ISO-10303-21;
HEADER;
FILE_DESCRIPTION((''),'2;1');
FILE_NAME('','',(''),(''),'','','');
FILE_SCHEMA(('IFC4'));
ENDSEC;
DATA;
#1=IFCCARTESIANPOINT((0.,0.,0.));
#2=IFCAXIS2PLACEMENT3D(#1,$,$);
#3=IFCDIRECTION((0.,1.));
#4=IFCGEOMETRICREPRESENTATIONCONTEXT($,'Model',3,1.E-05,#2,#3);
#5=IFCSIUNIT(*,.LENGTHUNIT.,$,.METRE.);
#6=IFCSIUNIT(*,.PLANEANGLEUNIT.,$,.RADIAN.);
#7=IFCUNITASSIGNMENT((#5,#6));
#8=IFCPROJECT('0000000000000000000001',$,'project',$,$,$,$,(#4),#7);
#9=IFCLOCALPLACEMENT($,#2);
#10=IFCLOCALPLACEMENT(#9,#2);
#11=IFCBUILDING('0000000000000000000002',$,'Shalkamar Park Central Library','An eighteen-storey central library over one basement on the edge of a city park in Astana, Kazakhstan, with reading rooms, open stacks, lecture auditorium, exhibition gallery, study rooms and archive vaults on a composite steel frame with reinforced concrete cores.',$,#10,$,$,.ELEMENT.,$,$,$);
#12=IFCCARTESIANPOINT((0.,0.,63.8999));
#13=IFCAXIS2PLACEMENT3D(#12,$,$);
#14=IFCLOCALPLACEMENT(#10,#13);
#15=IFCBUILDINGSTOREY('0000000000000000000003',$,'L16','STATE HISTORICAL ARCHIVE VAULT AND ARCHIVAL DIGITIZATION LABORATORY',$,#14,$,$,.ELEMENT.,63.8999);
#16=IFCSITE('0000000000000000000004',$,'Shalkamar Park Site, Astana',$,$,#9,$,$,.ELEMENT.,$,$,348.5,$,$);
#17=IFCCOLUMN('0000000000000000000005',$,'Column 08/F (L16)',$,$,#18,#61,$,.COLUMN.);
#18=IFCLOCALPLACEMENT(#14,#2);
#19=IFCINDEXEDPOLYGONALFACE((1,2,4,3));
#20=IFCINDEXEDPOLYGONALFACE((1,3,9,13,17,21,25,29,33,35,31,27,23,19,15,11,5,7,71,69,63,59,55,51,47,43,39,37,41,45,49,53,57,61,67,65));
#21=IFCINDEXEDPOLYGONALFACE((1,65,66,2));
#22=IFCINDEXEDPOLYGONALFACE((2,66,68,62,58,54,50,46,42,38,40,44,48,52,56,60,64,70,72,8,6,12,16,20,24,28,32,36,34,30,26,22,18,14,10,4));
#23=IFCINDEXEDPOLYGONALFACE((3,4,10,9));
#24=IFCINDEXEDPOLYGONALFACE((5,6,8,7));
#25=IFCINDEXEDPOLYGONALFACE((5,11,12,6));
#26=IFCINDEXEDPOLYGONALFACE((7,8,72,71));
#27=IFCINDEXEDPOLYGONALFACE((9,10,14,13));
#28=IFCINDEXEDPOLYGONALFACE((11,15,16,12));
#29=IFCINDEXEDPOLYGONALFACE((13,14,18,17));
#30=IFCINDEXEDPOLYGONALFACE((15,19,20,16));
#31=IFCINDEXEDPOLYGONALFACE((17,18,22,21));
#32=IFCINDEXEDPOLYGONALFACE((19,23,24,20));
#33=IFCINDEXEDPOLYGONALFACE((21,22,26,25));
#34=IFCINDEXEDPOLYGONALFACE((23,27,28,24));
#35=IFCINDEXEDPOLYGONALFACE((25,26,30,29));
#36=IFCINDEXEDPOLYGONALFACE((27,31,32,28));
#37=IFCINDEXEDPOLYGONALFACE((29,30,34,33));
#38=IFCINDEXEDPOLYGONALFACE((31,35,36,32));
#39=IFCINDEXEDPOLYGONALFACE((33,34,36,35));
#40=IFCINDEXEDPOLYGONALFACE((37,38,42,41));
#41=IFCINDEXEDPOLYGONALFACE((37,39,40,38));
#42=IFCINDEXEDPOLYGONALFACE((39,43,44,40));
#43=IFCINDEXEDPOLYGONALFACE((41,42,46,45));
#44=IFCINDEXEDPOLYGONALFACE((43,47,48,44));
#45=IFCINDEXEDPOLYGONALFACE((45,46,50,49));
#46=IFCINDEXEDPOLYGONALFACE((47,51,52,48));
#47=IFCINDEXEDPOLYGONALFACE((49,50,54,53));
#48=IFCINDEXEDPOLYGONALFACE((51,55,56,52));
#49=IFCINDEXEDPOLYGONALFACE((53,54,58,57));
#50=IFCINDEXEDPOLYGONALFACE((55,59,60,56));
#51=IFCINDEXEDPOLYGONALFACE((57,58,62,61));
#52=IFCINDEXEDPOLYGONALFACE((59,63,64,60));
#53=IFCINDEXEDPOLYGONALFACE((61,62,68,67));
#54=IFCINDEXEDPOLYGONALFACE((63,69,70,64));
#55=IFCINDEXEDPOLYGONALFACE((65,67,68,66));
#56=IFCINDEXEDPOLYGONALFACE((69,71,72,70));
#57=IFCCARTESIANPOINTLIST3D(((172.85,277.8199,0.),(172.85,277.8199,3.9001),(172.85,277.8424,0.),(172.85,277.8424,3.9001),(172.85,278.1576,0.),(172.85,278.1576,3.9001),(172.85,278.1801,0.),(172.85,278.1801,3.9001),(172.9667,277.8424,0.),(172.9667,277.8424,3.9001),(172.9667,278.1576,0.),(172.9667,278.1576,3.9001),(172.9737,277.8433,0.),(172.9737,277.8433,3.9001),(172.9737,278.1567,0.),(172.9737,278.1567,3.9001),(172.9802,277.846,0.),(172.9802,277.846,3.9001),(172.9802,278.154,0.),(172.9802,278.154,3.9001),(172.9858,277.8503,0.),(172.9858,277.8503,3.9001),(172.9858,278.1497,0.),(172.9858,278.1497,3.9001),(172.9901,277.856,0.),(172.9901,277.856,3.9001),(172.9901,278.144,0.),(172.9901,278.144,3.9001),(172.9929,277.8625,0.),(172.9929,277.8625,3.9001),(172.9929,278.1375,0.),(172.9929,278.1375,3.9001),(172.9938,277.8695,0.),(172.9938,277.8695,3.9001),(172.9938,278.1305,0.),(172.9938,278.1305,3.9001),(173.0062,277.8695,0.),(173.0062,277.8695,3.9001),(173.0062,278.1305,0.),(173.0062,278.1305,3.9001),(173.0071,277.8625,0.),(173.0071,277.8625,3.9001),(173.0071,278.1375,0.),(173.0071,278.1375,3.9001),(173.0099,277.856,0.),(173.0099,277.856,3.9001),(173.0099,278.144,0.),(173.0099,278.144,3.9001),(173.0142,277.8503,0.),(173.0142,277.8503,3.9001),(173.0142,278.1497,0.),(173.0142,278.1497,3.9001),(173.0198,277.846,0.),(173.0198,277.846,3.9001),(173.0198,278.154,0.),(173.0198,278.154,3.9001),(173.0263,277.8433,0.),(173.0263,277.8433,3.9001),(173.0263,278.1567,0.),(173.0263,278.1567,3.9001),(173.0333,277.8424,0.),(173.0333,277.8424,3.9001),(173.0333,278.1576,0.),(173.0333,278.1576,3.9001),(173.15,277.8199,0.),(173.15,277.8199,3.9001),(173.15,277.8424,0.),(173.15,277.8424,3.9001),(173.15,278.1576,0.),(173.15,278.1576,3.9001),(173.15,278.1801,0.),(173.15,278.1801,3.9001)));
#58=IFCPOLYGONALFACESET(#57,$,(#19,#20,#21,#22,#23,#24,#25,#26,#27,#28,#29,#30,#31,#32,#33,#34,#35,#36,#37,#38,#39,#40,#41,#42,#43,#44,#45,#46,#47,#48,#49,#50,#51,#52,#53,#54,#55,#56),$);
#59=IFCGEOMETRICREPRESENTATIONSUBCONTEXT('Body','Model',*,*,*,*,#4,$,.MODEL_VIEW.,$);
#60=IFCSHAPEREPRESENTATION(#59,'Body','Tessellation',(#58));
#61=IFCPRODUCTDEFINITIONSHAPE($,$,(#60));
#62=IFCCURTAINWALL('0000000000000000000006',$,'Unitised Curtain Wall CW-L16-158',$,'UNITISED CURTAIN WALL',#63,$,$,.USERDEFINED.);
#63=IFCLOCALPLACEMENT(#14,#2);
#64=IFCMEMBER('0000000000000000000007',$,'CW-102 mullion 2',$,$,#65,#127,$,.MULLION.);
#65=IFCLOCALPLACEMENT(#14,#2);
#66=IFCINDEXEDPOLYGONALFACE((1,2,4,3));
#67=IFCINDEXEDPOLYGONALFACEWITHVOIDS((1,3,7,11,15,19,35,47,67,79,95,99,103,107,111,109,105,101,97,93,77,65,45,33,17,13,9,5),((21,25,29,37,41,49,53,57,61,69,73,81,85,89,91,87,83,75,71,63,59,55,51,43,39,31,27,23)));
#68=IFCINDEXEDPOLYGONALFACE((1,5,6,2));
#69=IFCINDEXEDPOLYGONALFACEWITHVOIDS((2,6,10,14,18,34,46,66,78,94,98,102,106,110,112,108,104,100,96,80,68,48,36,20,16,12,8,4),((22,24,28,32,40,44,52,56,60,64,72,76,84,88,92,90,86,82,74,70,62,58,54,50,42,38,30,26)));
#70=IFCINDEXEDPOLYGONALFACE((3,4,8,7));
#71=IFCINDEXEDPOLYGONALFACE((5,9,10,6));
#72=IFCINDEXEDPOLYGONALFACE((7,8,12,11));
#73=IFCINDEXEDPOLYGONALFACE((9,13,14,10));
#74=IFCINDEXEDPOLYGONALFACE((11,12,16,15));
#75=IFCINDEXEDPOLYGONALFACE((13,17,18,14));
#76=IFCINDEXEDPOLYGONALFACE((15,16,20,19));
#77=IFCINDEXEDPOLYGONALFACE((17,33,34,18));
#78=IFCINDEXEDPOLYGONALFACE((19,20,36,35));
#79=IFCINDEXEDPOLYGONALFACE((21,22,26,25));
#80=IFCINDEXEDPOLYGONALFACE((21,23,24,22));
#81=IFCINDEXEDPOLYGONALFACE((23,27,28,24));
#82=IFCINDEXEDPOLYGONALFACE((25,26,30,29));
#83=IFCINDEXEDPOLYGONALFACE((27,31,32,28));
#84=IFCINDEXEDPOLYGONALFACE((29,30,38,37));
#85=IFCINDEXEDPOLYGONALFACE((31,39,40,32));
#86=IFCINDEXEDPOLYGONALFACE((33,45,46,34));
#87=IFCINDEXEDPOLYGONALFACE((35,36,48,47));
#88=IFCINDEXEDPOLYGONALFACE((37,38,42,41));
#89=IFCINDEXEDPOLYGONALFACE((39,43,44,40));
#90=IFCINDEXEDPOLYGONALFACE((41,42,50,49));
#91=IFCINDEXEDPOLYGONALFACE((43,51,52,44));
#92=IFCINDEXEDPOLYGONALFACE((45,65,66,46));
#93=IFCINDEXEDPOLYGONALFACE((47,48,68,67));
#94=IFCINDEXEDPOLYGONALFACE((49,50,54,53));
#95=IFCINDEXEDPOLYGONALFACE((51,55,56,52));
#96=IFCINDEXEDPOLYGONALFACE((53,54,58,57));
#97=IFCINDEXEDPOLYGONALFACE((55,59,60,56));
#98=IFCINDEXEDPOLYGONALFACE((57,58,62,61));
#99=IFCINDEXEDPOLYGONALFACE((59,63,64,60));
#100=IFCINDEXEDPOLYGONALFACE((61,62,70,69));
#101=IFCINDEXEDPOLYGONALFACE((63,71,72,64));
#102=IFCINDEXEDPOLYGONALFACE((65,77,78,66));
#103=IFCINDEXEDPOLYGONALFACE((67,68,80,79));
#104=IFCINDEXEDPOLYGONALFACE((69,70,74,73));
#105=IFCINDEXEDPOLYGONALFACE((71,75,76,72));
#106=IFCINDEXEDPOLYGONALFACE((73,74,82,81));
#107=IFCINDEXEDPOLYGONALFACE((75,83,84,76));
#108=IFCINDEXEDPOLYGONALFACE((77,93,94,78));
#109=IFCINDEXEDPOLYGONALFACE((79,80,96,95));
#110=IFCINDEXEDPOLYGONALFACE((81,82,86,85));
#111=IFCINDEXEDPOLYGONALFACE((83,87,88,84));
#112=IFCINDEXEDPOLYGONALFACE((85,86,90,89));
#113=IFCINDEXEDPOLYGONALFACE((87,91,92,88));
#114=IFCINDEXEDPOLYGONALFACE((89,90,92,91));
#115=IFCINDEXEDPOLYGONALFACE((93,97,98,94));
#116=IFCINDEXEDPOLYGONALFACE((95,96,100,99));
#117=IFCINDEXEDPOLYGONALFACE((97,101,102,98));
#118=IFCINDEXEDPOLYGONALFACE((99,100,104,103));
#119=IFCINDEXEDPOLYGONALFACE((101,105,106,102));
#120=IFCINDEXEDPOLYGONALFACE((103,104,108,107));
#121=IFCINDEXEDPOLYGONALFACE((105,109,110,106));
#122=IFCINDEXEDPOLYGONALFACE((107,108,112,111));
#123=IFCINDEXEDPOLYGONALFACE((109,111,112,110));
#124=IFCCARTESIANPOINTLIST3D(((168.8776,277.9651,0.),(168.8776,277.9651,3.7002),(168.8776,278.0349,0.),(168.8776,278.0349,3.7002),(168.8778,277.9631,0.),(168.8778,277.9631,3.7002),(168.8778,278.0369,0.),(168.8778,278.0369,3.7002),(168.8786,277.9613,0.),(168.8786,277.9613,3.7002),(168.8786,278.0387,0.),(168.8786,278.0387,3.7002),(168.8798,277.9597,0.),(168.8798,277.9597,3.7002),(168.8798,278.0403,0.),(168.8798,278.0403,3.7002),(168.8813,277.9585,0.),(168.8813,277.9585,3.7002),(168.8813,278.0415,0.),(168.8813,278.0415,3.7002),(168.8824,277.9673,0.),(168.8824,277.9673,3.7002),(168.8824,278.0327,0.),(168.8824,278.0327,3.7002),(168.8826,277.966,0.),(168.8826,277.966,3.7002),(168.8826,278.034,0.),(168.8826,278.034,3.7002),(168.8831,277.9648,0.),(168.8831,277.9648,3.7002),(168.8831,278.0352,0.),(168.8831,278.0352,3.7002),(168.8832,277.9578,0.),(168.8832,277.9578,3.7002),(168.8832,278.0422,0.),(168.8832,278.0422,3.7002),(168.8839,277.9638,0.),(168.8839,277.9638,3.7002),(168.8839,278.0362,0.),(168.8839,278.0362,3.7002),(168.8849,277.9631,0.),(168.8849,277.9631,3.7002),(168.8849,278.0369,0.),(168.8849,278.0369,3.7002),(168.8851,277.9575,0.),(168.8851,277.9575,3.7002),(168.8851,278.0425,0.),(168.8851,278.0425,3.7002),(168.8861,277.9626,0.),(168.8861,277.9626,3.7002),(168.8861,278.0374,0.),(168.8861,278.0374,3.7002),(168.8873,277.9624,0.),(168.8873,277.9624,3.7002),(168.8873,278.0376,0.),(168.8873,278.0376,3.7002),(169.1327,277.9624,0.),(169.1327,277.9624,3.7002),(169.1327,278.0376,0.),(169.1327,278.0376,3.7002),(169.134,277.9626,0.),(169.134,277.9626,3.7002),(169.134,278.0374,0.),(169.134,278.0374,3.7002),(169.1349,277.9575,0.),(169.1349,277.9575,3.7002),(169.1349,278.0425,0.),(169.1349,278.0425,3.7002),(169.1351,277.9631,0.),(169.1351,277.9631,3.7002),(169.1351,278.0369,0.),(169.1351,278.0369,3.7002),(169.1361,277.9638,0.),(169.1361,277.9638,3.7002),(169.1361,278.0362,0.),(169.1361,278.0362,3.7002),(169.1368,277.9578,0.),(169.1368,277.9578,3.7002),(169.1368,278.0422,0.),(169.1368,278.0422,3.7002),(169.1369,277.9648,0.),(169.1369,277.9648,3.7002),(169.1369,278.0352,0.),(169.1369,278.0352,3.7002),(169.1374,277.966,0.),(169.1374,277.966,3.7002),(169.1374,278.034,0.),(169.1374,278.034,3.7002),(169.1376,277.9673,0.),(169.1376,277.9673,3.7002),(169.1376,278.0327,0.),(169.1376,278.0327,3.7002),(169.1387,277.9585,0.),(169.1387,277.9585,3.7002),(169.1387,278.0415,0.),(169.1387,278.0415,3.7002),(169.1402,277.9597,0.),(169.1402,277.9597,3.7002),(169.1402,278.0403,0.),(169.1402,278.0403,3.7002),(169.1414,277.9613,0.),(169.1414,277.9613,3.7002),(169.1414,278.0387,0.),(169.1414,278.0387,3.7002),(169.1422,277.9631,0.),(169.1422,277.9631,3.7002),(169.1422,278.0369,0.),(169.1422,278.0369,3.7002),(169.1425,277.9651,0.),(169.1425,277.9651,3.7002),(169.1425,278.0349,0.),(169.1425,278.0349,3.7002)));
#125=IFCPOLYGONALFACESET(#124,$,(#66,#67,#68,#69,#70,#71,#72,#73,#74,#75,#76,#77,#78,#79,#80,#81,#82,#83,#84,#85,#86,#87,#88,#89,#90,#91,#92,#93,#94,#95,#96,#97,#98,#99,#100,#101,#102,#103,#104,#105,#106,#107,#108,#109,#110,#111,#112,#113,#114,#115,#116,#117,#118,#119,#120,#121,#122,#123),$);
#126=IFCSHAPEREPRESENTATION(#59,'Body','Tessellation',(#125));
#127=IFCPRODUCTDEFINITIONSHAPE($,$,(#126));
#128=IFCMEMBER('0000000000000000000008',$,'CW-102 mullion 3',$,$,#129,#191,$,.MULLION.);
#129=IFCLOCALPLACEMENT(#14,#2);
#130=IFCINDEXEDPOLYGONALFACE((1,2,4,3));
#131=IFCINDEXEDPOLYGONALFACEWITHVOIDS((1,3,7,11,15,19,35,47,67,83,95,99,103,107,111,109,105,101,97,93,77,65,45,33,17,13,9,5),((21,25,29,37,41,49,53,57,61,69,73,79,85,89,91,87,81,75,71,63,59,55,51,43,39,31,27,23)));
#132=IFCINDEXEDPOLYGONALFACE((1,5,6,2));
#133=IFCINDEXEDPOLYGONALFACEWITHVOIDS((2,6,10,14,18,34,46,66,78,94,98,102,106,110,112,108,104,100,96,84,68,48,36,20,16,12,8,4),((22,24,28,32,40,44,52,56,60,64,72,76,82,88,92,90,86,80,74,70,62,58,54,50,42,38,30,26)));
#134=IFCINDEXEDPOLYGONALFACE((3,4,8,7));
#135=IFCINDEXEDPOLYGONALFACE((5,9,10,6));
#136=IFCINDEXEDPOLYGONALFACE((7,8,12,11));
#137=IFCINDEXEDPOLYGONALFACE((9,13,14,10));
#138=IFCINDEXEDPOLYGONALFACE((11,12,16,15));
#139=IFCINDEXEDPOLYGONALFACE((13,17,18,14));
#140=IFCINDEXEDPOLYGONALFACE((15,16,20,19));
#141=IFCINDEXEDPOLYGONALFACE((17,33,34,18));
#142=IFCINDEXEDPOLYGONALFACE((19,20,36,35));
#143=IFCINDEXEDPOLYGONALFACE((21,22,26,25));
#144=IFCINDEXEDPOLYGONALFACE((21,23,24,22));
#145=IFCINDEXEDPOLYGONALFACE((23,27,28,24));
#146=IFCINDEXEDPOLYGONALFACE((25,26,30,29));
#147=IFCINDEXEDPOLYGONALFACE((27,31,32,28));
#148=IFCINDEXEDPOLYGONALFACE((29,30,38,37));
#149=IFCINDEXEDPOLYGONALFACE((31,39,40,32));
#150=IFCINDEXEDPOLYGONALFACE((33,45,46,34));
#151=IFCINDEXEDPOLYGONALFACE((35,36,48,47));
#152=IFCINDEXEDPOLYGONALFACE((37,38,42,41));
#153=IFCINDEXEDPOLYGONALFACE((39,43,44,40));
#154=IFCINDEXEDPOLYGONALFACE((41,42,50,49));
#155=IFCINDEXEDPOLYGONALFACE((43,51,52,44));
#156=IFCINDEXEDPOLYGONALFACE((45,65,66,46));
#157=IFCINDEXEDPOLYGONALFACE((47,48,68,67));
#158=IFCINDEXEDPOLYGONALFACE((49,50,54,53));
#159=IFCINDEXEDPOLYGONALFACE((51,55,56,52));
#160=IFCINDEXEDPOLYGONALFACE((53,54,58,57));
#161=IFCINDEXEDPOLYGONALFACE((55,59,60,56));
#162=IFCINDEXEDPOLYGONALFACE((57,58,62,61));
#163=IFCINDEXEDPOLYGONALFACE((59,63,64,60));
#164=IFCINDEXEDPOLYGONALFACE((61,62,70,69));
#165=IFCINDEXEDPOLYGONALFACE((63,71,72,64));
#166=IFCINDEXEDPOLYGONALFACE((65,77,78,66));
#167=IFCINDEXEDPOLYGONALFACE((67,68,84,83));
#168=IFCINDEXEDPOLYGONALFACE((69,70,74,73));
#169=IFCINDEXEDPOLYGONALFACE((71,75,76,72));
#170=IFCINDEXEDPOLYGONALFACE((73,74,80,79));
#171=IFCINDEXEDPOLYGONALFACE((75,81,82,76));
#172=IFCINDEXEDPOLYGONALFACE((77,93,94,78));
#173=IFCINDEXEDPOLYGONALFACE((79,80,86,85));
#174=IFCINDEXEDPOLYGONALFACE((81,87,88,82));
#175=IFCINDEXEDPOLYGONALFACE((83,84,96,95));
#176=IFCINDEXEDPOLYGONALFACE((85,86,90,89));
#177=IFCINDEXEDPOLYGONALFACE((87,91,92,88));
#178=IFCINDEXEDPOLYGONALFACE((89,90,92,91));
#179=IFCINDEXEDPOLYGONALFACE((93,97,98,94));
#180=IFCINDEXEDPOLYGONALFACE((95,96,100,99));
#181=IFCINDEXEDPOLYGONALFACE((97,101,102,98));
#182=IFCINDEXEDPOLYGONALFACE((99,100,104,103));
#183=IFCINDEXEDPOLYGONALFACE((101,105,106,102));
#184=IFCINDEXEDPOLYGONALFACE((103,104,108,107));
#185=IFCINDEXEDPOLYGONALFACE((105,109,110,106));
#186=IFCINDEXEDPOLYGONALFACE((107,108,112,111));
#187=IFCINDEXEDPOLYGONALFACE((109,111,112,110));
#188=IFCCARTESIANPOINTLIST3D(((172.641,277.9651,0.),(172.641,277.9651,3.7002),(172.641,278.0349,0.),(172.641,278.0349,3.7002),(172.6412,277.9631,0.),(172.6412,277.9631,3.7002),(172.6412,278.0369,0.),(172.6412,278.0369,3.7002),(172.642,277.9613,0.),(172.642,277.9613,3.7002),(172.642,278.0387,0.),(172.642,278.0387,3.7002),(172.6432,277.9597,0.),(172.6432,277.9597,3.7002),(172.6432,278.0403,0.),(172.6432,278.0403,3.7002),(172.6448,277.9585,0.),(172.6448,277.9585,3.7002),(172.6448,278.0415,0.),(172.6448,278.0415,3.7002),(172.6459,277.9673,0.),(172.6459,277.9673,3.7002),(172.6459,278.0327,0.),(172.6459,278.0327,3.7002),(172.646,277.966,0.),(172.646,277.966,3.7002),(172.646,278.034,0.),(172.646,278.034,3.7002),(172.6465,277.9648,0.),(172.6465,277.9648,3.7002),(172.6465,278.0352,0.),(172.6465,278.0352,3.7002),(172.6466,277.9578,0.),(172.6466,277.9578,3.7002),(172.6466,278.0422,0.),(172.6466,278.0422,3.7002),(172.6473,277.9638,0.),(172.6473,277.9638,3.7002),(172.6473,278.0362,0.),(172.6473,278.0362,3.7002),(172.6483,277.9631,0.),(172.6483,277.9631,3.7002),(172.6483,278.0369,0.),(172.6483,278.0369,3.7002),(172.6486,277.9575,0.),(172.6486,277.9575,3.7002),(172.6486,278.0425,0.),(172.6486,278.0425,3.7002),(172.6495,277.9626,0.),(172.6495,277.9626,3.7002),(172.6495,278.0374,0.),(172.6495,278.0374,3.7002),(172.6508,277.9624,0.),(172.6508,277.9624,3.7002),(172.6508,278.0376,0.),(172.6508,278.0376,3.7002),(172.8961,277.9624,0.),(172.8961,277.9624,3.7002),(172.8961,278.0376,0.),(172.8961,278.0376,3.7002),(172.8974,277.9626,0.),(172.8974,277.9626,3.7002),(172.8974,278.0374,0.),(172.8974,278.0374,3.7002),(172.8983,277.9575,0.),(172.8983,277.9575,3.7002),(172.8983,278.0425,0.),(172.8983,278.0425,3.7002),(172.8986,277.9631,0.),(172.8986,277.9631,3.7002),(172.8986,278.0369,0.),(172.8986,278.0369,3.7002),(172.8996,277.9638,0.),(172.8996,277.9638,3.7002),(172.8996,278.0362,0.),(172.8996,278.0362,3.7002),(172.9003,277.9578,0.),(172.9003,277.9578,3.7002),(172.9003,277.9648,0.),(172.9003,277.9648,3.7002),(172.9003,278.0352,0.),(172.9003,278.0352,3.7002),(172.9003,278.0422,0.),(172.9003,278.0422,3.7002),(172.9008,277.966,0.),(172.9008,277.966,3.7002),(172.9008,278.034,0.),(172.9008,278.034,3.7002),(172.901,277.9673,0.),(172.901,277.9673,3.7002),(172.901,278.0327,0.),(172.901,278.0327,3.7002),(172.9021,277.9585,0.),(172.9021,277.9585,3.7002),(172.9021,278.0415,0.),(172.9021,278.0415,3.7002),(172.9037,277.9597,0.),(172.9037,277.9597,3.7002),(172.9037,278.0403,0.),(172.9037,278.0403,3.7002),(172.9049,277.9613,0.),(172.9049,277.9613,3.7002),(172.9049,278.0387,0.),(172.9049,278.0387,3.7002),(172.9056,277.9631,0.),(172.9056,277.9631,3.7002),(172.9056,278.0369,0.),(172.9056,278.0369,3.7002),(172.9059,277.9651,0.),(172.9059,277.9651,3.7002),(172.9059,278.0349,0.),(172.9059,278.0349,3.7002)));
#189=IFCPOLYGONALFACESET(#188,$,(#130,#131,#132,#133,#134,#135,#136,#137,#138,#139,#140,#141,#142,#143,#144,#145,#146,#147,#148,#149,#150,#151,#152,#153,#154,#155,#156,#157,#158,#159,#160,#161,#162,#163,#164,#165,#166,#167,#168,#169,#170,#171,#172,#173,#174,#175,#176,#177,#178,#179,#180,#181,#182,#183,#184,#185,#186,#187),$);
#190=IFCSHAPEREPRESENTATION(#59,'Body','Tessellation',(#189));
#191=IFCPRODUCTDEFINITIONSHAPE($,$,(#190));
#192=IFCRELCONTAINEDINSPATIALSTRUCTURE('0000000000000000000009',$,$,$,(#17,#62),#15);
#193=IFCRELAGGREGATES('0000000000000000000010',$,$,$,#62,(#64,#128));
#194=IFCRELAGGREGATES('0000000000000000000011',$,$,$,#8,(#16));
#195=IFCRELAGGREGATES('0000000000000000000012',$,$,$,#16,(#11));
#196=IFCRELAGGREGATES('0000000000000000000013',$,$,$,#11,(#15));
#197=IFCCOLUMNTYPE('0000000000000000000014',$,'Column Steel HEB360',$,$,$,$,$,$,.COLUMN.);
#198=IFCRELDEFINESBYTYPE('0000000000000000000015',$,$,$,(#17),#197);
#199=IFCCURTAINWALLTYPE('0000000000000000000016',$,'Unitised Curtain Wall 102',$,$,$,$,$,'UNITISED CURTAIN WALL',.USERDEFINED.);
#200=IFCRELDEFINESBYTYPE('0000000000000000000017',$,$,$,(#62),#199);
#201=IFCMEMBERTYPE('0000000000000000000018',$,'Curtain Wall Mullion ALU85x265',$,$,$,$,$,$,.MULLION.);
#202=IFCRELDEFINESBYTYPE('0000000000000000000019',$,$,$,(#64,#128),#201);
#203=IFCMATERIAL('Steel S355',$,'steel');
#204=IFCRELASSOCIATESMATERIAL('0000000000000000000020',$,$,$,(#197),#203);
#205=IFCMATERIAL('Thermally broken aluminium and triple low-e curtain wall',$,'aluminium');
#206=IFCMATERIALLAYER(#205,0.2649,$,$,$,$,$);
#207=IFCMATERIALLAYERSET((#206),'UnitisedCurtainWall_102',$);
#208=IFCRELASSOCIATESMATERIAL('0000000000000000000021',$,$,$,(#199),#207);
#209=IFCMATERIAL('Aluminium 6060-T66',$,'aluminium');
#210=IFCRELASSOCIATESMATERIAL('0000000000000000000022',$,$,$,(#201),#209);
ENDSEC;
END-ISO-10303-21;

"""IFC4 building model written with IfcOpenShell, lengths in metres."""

from ifc_helpers import new_model, si_unit, direction, frame, origin, origin_2d, place, context, subcontext, project, spatial, hollow_rectangle, i_section, extrude, material, layer, layer_set, material_profile, profile_set, type_object, element, aggregate, save


model = new_model("IFC4")

# Units and contexts
model_context = context("Model", 3, precision=1e-05, world=origin(), true_north=direction((0.0, 1.0)))
body_context = subcontext(model_context, "Body", "Model", "MODEL_VIEW")
ifc_project = project(units=[si_unit("LENGTHUNIT", "METRE"), si_unit("PLANEANGLEUNIT", "RADIAN")], contexts=[model_context])

# Site, building, storey
site_placement = place(None, origin())
site = spatial("IfcSite", under=ifc_project, at=site_placement, Name="Shalkamar Park Site, Astana", CompositionType="ELEMENT", RefElevation=348.5)
building_placement = place(site_placement, origin())
building = spatial("IfcBuilding", under=site, at=building_placement, Name="Shalkamar Park Central Library", Description="An eighteen-storey central library over one basement on the edge of a city park in Astana, Kazakhstan, with reading rooms, open stacks, lecture auditorium, exhibition gallery, study rooms and archive vaults on a composite steel frame with reinforced concrete cores.", CompositionType="ELEMENT")
storey_placement = place(building_placement, frame((0.0, 0.0, 63.8999)))
storey = spatial("IfcBuildingStorey", under=building, at=storey_placement, Name="L16", Description="STATE HISTORICAL ARCHIVE VAULT AND ARCHIVAL DIGITIZATION LABORATORY", CompositionType="ELEMENT", Elevation=63.8999)

# Column
ifc_material_1 = material(Name="Steel S355", Category="steel")
ifc_material_profile_1 = material_profile(ifc_material_1, i_section(OverallWidth=0.3, OverallDepth=0.3601, WebThickness=0.0125, FlangeThickness=0.0225, FilletRadius=0.0271, at=origin_2d()), Name="HEB 360")
ifc_profile_set_1 = profile_set([ifc_material_profile_1], Name="Steel S355")
column_type = type_object("IfcColumnType", Name="Column Steel HEB360", PredefinedType="COLUMN", material=ifc_profile_set_1)
column_placement = place(storey_placement, frame((173.0, 278.0, 0.0), z_axis=(0.0, 0.0, 1.0), x_axis=(1.0, 0.0, 0.0)))
element("IfcColumn", 1, at=column_placement, inside=storey, type_object=column_type, Name="Column 08/F (L16)", PredefinedType="COLUMN", context=body_context, shape_type="SweptSolid", body=[
    extrude(i_section(OverallWidth=0.3, OverallDepth=0.3601, WebThickness=0.0125, FlangeThickness=0.0225, FilletRadius=0.0271, at=origin_2d()), origin(), (0.0, 0.0, 1.0), 3.9001),
])

# Curtain wall, members
ifc_material_2 = material(Name="Thermally broken aluminium and triple low-e curtain wall", Category="aluminium")
ifc_layer_1 = layer(ifc_material_2, 0.2649)
ifc_layer_set_1 = layer_set([ifc_layer_1], Name="UnitisedCurtainWall_102")
curtain_wall_type_1 = type_object("IfcCurtainWallType", Name="Unitised Curtain Wall 102", ElementType="UNITISED CURTAIN WALL", PredefinedType="USERDEFINED", material=ifc_layer_set_1)
curtain_wall_1_placement = place(storey_placement, origin())
curtain_wall_1 = element("IfcCurtainWall", 2, at=curtain_wall_1_placement, inside=storey, type_object=curtain_wall_type_1, Name="Unitised Curtain Wall CW-L16-158", ObjectType="UNITISED CURTAIN WALL", PredefinedType="USERDEFINED")
ifc_material_3 = material(Name="Aluminium 6060-T66", Category="aluminium")
ifc_material_profile_2 = material_profile(ifc_material_3, hollow_rectangle(XDim=0.085, YDim=0.2649, WallThickness=0.0049, InnerFilletRadius=0.0049, OuterFilletRadius=0.0076, at=origin_2d()), Name="ALU 85x265x5")
ifc_profile_set_2 = profile_set([ifc_material_profile_2], Name="Aluminium 6060-T66")
member_type_1 = type_object("IfcMemberType", Name="Curtain Wall Mullion ALU85x265", PredefinedType="MULLION", material=ifc_profile_set_2)
member_1_placement = place(storey_placement, frame((169.01, 278.0, 0.0), z_axis=(0.0, 0.0, 1.0), x_axis=(0.0, 1.0, 0.0)))
member_1 = element("IfcMember", 3, at=member_1_placement, type_object=member_type_1, Name="CW-102 mullion 2", PredefinedType="MULLION", context=body_context, shape_type="SweptSolid", body=[
    extrude(hollow_rectangle(XDim=0.085, YDim=0.2649, WallThickness=0.0049, InnerFilletRadius=0.0049, OuterFilletRadius=0.0076, at=origin_2d()), origin(), (0.0, 0.0, 1.0), 3.7002),
])
member_2_placement = place(storey_placement, frame((172.7734, 278.0, 0.0), z_axis=(0.0, 0.0, 1.0), x_axis=(0.0, 1.0, 0.0)))
member_2 = element("IfcMember", 4, at=member_2_placement, type_object=member_type_1, Name="CW-102 mullion 3", PredefinedType="MULLION", context=body_context, shape_type="SweptSolid", body=[
    extrude(hollow_rectangle(XDim=0.085, YDim=0.2649, WallThickness=0.0049, InnerFilletRadius=0.0049, OuterFilletRadius=0.0076, at=origin_2d()), origin(), (0.0, 0.0, 1.0), 3.7002),
])

aggregate(curtain_wall_1, [member_1, member_2])

save(model, "model.ifc")
